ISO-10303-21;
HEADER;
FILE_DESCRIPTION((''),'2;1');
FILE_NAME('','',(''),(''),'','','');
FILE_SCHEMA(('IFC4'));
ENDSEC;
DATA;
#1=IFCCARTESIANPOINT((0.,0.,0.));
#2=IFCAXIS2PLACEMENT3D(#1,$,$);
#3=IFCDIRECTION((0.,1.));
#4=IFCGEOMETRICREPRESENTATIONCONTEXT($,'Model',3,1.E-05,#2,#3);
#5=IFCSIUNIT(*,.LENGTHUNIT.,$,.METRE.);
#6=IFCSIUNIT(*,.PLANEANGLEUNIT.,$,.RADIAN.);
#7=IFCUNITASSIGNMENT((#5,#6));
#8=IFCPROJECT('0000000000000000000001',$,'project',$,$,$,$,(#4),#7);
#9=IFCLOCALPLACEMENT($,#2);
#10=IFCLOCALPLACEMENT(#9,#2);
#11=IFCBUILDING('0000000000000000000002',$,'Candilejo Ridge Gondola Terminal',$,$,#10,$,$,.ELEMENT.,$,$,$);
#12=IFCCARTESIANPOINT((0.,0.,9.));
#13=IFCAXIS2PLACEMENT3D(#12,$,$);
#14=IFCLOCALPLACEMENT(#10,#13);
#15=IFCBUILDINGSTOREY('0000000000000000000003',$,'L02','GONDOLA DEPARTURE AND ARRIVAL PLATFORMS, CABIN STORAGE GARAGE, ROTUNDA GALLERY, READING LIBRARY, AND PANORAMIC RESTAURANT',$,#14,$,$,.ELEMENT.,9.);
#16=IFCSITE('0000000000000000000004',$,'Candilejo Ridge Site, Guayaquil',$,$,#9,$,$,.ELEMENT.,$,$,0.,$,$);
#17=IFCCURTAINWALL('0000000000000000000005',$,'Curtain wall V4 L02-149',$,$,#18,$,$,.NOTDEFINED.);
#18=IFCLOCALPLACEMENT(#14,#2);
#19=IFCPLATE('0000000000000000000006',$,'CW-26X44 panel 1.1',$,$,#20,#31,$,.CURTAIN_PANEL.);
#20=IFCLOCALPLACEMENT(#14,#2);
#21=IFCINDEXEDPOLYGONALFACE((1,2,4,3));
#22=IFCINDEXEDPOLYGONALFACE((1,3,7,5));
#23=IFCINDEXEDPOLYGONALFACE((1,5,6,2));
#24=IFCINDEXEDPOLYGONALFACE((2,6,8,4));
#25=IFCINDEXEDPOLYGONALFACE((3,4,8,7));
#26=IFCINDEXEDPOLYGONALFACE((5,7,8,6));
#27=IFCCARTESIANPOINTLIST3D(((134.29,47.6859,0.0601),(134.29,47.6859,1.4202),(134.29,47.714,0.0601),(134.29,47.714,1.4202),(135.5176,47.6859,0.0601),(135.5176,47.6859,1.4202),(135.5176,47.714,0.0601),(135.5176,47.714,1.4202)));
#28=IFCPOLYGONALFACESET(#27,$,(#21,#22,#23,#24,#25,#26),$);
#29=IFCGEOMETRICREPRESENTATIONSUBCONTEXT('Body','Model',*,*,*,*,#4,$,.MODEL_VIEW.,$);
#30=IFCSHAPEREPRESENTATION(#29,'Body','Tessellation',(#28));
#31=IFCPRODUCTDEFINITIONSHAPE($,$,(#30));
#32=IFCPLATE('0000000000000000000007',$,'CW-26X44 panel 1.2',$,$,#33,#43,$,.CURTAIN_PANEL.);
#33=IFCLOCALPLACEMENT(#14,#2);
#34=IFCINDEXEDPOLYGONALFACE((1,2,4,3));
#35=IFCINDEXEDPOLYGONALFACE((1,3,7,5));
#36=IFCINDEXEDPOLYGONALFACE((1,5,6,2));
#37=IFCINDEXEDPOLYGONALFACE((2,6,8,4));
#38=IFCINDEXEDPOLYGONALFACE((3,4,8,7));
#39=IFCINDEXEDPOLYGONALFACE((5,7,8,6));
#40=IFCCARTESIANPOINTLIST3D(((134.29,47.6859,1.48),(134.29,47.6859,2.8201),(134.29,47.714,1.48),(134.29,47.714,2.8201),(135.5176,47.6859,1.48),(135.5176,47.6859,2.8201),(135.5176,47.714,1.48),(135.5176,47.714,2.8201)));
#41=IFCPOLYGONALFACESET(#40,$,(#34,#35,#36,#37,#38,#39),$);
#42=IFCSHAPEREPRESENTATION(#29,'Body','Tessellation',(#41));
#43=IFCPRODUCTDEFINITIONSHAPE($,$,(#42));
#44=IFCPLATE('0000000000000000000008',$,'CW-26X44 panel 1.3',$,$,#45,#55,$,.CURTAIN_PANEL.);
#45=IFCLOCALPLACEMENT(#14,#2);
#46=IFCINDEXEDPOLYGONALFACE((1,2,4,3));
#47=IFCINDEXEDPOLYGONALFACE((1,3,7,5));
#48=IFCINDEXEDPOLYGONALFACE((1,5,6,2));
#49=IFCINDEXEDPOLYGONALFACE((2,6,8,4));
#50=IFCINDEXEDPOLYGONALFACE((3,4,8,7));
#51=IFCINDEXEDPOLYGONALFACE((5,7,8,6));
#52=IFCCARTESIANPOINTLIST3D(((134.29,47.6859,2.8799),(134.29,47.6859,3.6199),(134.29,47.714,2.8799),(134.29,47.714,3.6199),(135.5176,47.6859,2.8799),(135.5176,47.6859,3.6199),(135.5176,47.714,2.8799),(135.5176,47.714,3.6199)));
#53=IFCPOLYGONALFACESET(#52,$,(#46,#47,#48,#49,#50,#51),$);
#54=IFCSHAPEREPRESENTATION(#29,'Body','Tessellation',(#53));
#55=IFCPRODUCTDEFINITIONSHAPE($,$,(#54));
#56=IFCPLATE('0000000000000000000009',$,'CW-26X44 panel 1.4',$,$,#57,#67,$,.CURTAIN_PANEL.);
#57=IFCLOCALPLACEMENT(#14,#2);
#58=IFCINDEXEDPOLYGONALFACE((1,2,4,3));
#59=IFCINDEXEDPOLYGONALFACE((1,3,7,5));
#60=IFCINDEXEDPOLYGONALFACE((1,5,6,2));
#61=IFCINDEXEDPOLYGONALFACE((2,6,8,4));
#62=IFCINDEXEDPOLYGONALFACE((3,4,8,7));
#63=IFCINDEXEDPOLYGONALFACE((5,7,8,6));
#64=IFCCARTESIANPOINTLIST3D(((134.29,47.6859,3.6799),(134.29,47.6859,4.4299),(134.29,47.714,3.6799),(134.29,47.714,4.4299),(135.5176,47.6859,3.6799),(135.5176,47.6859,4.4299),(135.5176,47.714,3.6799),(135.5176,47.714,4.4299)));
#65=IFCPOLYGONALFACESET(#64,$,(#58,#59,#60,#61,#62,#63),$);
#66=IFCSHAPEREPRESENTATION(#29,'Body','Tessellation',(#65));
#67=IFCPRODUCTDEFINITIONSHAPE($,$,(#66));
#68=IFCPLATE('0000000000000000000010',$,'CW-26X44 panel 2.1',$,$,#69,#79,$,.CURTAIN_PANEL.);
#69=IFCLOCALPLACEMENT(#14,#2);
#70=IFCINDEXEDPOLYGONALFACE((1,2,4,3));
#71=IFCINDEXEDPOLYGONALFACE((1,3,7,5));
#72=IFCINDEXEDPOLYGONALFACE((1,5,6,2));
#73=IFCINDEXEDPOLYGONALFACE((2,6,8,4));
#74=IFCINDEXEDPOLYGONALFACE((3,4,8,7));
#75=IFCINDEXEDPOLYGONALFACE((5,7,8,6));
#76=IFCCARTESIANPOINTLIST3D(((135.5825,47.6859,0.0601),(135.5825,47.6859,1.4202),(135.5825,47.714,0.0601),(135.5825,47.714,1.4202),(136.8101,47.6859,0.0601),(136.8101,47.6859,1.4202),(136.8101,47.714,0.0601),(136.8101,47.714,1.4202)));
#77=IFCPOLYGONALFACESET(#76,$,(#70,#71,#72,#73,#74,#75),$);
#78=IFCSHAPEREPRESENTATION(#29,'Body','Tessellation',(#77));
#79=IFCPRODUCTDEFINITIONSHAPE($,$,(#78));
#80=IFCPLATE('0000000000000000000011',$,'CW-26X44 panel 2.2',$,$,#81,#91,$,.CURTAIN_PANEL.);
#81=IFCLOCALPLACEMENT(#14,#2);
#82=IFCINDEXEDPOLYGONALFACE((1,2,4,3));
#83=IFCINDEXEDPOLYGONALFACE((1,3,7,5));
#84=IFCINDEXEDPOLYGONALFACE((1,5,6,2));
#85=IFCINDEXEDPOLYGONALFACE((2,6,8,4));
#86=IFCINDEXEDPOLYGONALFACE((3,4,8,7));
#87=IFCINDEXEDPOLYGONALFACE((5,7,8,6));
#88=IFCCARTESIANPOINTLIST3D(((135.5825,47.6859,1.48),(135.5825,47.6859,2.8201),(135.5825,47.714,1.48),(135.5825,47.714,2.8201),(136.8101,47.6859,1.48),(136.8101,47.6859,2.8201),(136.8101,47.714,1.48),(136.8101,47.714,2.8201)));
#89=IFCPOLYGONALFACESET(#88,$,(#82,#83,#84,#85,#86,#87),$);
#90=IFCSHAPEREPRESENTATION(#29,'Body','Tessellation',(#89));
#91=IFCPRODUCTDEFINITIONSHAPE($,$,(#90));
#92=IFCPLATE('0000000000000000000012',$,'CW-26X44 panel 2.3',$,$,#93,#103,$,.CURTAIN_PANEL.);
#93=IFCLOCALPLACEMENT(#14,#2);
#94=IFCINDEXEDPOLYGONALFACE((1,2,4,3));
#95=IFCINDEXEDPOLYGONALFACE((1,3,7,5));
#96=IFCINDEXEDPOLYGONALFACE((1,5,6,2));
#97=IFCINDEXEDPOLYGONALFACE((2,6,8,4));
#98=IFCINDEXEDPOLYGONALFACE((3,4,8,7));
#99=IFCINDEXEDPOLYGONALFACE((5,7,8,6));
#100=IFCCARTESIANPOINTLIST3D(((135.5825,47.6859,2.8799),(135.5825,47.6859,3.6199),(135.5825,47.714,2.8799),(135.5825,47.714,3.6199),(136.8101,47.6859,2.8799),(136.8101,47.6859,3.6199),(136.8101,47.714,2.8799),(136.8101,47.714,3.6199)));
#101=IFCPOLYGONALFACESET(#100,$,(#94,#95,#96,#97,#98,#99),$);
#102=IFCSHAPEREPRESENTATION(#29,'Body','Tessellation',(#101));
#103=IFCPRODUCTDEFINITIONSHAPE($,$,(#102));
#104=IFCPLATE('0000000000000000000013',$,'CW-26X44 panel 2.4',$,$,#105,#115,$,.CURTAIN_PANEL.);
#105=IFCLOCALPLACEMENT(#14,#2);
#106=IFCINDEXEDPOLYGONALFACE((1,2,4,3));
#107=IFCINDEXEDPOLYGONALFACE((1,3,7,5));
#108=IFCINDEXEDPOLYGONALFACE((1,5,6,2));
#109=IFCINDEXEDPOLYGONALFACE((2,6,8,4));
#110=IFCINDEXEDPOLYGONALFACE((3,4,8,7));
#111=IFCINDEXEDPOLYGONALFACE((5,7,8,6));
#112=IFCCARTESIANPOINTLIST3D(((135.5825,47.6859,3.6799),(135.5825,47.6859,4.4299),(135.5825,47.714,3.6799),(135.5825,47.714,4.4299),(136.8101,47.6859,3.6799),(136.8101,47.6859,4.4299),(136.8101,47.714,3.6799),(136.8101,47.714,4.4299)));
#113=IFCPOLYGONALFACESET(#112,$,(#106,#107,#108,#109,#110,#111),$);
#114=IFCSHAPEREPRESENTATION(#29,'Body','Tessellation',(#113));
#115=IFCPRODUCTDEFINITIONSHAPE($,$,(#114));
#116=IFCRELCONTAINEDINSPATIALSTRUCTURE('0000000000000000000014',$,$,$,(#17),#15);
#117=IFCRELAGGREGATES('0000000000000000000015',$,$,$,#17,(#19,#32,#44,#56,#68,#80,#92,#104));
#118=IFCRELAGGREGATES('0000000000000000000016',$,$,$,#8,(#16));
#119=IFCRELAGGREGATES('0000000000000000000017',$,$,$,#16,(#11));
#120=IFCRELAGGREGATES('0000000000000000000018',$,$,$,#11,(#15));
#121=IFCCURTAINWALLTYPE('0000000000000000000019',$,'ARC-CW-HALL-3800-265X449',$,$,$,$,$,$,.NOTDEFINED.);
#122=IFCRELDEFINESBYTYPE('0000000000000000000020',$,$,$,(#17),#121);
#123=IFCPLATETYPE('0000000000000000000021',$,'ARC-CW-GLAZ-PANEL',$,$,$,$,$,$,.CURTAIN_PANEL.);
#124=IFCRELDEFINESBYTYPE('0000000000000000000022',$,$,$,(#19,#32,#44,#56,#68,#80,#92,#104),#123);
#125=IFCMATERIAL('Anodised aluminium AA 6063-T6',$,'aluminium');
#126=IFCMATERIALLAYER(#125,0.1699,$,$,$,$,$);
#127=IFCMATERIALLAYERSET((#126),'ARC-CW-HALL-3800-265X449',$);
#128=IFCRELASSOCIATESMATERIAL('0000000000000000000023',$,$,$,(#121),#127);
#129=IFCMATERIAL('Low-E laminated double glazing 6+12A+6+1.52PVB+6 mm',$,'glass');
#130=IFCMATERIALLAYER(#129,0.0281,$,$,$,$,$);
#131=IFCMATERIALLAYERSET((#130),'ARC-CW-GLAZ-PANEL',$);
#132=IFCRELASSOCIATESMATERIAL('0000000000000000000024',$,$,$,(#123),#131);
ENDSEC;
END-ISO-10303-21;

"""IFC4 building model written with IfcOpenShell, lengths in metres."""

from ifc_helpers import new_model, si_unit, direction, frame, origin, origin_2d, place, context, subcontext, project, spatial, rectangle, extrude, material, layer, layer_set, type_object, element, aggregate, save


model = new_model("IFC4")

# Units and contexts
model_context = context("Model", 3, precision=1e-05, world=origin(), true_north=direction((0.0, 1.0)))
body_context = subcontext(model_context, "Body", "Model", "MODEL_VIEW")
ifc_project = project(units=[si_unit("LENGTHUNIT", "METRE"), si_unit("PLANEANGLEUNIT", "RADIAN")], contexts=[model_context])

# Site, building, storey
site_placement = place(None, origin())
site = spatial("IfcSite", under=ifc_project, at=site_placement, Name="Candilejo Ridge Site, Guayaquil", CompositionType="ELEMENT", RefElevation=0.0)
building_placement = place(site_placement, origin())
building = spatial("IfcBuilding", under=site, at=building_placement, Name="Candilejo Ridge Gondola Terminal", CompositionType="ELEMENT")
storey_placement = place(building_placement, frame((0.0, 0.0, 9.0)))
storey = spatial("IfcBuildingStorey", under=building, at=storey_placement, Name="L02", Description="GONDOLA DEPARTURE AND ARRIVAL PLATFORMS, CABIN STORAGE GARAGE, ROTUNDA GALLERY, READING LIBRARY, AND PANORAMIC RESTAURANT", CompositionType="ELEMENT", Elevation=9.0)

# Curtain wall
ifc_material_1 = material(Name="Anodised aluminium AA 6063-T6", Category="aluminium")
ifc_layer_1 = layer(ifc_material_1, 0.1699)
ifc_layer_set_1 = layer_set([ifc_layer_1], Name="ARC-CW-HALL-3800-265X449")
curtain_wall_type_1 = type_object("IfcCurtainWallType", Name="ARC-CW-HALL-3800-265X449", PredefinedType="NOTDEFINED", material=ifc_layer_set_1)
curtain_wall_1_placement = place(storey_placement, origin())
curtain_wall_1 = element("IfcCurtainWall", 1, at=curtain_wall_1_placement, inside=storey, type_object=curtain_wall_type_1, Name="Curtain wall V4 L02-149", PredefinedType="NOTDEFINED")

# Plates
ifc_material_2 = material(Name="Low-E laminated double glazing 6+12A+6+1.52PVB+6 mm", Category="glass")
ifc_layer_2 = layer(ifc_material_2, 0.0281)
ifc_layer_set_2 = layer_set([ifc_layer_2], Name="ARC-CW-GLAZ-PANEL")
plate_type = type_object("IfcPlateType", Name="ARC-CW-GLAZ-PANEL", PredefinedType="CURTAIN_PANEL", material=ifc_layer_set_2)
plate_1_placement = place(storey_placement, frame((134.9038, 47.7, 0.0601), z_axis=(0.0, 0.0, 1.0), x_axis=(1.0, 0.0, 0.0)))
plate_1 = element("IfcPlate", 2, at=plate_1_placement, type_object=plate_type, Name="CW-26X44 panel 1.1", PredefinedType="CURTAIN_PANEL", context=body_context, shape_type="SweptSolid", body=[
    extrude(rectangle(XDim=1.2275, YDim=0.0281, at=origin_2d()), origin(), (0.0, 0.0, 1.0), 1.3601),
])
plate_2_placement = place(storey_placement, frame((134.9038, 47.7, 1.48), z_axis=(0.0, 0.0, 1.0), x_axis=(1.0, 0.0, 0.0)))
plate_2 = element("IfcPlate", 3, at=plate_2_placement, type_object=plate_type, Name="CW-26X44 panel 1.2", PredefinedType="CURTAIN_PANEL", context=body_context, shape_type="SweptSolid", body=[
    extrude(rectangle(XDim=1.2275, YDim=0.0281, at=origin_2d()), origin(), (0.0, 0.0, 1.0), 1.3401),
])
plate_3_placement = place(storey_placement, frame((134.9038, 47.7, 2.8799), z_axis=(0.0, 0.0, 1.0), x_axis=(1.0, 0.0, 0.0)))
plate_3 = element("IfcPlate", 4, at=plate_3_placement, type_object=plate_type, Name="CW-26X44 panel 1.3", PredefinedType="CURTAIN_PANEL", context=body_context, shape_type="SweptSolid", body=[
    extrude(rectangle(XDim=1.2275, YDim=0.0281, at=origin_2d()), origin(), (0.0, 0.0, 1.0), 0.74),
])
plate_4_placement = place(storey_placement, frame((134.9038, 47.7, 3.6799), z_axis=(0.0, 0.0, 1.0), x_axis=(1.0, 0.0, 0.0)))
plate_4 = element("IfcPlate", 5, at=plate_4_placement, type_object=plate_type, Name="CW-26X44 panel 1.4", PredefinedType="CURTAIN_PANEL", context=body_context, shape_type="SweptSolid", body=[
    extrude(rectangle(XDim=1.2275, YDim=0.0281, at=origin_2d()), origin(), (0.0, 0.0, 1.0), 0.75),
])
plate_5_placement = place(storey_placement, frame((136.1963, 47.7, 0.0601), z_axis=(0.0, 0.0, 1.0), x_axis=(1.0, 0.0, 0.0)))
plate_5 = element("IfcPlate", 6, at=plate_5_placement, type_object=plate_type, Name="CW-26X44 panel 2.1", PredefinedType="CURTAIN_PANEL", context=body_context, shape_type="SweptSolid", body=[
    extrude(rectangle(XDim=1.2275, YDim=0.0281, at=origin_2d()), origin(), (0.0, 0.0, 1.0), 1.3601),
])
plate_6_placement = place(storey_placement, frame((136.1963, 47.7, 1.48), z_axis=(0.0, 0.0, 1.0), x_axis=(1.0, 0.0, 0.0)))
plate_6 = element("IfcPlate", 7, at=plate_6_placement, type_object=plate_type, Name="CW-26X44 panel 2.2", PredefinedType="CURTAIN_PANEL", context=body_context, shape_type="SweptSolid", body=[
    extrude(rectangle(XDim=1.2275, YDim=0.0281, at=origin_2d()), origin(), (0.0, 0.0, 1.0), 1.3401),
])
plate_7_placement = place(storey_placement, frame((136.1963, 47.7, 2.8799), z_axis=(0.0, 0.0, 1.0), x_axis=(1.0, 0.0, 0.0)))
plate_7 = element("IfcPlate", 8, at=plate_7_placement, type_object=plate_type, Name="CW-26X44 panel 2.3", PredefinedType="CURTAIN_PANEL", context=body_context, shape_type="SweptSolid", body=[
    extrude(rectangle(XDim=1.2275, YDim=0.0281, at=origin_2d()), origin(), (0.0, 0.0, 1.0), 0.74),
])
plate_8_placement = place(storey_placement, frame((136.1963, 47.7, 3.6799), z_axis=(0.0, 0.0, 1.0), x_axis=(1.0, 0.0, 0.0)))
plate_8 = element("IfcPlate", 9, at=plate_8_placement, type_object=plate_type, Name="CW-26X44 panel 2.4", PredefinedType="CURTAIN_PANEL", context=body_context, shape_type="SweptSolid", body=[
    extrude(rectangle(XDim=1.2275, YDim=0.0281, at=origin_2d()), origin(), (0.0, 0.0, 1.0), 0.75),
])
aggregate(curtain_wall_1, [plate_1, plate_2, plate_3, plate_4, plate_5, plate_6, plate_7, plate_8])

save(model, "model.ifc")
